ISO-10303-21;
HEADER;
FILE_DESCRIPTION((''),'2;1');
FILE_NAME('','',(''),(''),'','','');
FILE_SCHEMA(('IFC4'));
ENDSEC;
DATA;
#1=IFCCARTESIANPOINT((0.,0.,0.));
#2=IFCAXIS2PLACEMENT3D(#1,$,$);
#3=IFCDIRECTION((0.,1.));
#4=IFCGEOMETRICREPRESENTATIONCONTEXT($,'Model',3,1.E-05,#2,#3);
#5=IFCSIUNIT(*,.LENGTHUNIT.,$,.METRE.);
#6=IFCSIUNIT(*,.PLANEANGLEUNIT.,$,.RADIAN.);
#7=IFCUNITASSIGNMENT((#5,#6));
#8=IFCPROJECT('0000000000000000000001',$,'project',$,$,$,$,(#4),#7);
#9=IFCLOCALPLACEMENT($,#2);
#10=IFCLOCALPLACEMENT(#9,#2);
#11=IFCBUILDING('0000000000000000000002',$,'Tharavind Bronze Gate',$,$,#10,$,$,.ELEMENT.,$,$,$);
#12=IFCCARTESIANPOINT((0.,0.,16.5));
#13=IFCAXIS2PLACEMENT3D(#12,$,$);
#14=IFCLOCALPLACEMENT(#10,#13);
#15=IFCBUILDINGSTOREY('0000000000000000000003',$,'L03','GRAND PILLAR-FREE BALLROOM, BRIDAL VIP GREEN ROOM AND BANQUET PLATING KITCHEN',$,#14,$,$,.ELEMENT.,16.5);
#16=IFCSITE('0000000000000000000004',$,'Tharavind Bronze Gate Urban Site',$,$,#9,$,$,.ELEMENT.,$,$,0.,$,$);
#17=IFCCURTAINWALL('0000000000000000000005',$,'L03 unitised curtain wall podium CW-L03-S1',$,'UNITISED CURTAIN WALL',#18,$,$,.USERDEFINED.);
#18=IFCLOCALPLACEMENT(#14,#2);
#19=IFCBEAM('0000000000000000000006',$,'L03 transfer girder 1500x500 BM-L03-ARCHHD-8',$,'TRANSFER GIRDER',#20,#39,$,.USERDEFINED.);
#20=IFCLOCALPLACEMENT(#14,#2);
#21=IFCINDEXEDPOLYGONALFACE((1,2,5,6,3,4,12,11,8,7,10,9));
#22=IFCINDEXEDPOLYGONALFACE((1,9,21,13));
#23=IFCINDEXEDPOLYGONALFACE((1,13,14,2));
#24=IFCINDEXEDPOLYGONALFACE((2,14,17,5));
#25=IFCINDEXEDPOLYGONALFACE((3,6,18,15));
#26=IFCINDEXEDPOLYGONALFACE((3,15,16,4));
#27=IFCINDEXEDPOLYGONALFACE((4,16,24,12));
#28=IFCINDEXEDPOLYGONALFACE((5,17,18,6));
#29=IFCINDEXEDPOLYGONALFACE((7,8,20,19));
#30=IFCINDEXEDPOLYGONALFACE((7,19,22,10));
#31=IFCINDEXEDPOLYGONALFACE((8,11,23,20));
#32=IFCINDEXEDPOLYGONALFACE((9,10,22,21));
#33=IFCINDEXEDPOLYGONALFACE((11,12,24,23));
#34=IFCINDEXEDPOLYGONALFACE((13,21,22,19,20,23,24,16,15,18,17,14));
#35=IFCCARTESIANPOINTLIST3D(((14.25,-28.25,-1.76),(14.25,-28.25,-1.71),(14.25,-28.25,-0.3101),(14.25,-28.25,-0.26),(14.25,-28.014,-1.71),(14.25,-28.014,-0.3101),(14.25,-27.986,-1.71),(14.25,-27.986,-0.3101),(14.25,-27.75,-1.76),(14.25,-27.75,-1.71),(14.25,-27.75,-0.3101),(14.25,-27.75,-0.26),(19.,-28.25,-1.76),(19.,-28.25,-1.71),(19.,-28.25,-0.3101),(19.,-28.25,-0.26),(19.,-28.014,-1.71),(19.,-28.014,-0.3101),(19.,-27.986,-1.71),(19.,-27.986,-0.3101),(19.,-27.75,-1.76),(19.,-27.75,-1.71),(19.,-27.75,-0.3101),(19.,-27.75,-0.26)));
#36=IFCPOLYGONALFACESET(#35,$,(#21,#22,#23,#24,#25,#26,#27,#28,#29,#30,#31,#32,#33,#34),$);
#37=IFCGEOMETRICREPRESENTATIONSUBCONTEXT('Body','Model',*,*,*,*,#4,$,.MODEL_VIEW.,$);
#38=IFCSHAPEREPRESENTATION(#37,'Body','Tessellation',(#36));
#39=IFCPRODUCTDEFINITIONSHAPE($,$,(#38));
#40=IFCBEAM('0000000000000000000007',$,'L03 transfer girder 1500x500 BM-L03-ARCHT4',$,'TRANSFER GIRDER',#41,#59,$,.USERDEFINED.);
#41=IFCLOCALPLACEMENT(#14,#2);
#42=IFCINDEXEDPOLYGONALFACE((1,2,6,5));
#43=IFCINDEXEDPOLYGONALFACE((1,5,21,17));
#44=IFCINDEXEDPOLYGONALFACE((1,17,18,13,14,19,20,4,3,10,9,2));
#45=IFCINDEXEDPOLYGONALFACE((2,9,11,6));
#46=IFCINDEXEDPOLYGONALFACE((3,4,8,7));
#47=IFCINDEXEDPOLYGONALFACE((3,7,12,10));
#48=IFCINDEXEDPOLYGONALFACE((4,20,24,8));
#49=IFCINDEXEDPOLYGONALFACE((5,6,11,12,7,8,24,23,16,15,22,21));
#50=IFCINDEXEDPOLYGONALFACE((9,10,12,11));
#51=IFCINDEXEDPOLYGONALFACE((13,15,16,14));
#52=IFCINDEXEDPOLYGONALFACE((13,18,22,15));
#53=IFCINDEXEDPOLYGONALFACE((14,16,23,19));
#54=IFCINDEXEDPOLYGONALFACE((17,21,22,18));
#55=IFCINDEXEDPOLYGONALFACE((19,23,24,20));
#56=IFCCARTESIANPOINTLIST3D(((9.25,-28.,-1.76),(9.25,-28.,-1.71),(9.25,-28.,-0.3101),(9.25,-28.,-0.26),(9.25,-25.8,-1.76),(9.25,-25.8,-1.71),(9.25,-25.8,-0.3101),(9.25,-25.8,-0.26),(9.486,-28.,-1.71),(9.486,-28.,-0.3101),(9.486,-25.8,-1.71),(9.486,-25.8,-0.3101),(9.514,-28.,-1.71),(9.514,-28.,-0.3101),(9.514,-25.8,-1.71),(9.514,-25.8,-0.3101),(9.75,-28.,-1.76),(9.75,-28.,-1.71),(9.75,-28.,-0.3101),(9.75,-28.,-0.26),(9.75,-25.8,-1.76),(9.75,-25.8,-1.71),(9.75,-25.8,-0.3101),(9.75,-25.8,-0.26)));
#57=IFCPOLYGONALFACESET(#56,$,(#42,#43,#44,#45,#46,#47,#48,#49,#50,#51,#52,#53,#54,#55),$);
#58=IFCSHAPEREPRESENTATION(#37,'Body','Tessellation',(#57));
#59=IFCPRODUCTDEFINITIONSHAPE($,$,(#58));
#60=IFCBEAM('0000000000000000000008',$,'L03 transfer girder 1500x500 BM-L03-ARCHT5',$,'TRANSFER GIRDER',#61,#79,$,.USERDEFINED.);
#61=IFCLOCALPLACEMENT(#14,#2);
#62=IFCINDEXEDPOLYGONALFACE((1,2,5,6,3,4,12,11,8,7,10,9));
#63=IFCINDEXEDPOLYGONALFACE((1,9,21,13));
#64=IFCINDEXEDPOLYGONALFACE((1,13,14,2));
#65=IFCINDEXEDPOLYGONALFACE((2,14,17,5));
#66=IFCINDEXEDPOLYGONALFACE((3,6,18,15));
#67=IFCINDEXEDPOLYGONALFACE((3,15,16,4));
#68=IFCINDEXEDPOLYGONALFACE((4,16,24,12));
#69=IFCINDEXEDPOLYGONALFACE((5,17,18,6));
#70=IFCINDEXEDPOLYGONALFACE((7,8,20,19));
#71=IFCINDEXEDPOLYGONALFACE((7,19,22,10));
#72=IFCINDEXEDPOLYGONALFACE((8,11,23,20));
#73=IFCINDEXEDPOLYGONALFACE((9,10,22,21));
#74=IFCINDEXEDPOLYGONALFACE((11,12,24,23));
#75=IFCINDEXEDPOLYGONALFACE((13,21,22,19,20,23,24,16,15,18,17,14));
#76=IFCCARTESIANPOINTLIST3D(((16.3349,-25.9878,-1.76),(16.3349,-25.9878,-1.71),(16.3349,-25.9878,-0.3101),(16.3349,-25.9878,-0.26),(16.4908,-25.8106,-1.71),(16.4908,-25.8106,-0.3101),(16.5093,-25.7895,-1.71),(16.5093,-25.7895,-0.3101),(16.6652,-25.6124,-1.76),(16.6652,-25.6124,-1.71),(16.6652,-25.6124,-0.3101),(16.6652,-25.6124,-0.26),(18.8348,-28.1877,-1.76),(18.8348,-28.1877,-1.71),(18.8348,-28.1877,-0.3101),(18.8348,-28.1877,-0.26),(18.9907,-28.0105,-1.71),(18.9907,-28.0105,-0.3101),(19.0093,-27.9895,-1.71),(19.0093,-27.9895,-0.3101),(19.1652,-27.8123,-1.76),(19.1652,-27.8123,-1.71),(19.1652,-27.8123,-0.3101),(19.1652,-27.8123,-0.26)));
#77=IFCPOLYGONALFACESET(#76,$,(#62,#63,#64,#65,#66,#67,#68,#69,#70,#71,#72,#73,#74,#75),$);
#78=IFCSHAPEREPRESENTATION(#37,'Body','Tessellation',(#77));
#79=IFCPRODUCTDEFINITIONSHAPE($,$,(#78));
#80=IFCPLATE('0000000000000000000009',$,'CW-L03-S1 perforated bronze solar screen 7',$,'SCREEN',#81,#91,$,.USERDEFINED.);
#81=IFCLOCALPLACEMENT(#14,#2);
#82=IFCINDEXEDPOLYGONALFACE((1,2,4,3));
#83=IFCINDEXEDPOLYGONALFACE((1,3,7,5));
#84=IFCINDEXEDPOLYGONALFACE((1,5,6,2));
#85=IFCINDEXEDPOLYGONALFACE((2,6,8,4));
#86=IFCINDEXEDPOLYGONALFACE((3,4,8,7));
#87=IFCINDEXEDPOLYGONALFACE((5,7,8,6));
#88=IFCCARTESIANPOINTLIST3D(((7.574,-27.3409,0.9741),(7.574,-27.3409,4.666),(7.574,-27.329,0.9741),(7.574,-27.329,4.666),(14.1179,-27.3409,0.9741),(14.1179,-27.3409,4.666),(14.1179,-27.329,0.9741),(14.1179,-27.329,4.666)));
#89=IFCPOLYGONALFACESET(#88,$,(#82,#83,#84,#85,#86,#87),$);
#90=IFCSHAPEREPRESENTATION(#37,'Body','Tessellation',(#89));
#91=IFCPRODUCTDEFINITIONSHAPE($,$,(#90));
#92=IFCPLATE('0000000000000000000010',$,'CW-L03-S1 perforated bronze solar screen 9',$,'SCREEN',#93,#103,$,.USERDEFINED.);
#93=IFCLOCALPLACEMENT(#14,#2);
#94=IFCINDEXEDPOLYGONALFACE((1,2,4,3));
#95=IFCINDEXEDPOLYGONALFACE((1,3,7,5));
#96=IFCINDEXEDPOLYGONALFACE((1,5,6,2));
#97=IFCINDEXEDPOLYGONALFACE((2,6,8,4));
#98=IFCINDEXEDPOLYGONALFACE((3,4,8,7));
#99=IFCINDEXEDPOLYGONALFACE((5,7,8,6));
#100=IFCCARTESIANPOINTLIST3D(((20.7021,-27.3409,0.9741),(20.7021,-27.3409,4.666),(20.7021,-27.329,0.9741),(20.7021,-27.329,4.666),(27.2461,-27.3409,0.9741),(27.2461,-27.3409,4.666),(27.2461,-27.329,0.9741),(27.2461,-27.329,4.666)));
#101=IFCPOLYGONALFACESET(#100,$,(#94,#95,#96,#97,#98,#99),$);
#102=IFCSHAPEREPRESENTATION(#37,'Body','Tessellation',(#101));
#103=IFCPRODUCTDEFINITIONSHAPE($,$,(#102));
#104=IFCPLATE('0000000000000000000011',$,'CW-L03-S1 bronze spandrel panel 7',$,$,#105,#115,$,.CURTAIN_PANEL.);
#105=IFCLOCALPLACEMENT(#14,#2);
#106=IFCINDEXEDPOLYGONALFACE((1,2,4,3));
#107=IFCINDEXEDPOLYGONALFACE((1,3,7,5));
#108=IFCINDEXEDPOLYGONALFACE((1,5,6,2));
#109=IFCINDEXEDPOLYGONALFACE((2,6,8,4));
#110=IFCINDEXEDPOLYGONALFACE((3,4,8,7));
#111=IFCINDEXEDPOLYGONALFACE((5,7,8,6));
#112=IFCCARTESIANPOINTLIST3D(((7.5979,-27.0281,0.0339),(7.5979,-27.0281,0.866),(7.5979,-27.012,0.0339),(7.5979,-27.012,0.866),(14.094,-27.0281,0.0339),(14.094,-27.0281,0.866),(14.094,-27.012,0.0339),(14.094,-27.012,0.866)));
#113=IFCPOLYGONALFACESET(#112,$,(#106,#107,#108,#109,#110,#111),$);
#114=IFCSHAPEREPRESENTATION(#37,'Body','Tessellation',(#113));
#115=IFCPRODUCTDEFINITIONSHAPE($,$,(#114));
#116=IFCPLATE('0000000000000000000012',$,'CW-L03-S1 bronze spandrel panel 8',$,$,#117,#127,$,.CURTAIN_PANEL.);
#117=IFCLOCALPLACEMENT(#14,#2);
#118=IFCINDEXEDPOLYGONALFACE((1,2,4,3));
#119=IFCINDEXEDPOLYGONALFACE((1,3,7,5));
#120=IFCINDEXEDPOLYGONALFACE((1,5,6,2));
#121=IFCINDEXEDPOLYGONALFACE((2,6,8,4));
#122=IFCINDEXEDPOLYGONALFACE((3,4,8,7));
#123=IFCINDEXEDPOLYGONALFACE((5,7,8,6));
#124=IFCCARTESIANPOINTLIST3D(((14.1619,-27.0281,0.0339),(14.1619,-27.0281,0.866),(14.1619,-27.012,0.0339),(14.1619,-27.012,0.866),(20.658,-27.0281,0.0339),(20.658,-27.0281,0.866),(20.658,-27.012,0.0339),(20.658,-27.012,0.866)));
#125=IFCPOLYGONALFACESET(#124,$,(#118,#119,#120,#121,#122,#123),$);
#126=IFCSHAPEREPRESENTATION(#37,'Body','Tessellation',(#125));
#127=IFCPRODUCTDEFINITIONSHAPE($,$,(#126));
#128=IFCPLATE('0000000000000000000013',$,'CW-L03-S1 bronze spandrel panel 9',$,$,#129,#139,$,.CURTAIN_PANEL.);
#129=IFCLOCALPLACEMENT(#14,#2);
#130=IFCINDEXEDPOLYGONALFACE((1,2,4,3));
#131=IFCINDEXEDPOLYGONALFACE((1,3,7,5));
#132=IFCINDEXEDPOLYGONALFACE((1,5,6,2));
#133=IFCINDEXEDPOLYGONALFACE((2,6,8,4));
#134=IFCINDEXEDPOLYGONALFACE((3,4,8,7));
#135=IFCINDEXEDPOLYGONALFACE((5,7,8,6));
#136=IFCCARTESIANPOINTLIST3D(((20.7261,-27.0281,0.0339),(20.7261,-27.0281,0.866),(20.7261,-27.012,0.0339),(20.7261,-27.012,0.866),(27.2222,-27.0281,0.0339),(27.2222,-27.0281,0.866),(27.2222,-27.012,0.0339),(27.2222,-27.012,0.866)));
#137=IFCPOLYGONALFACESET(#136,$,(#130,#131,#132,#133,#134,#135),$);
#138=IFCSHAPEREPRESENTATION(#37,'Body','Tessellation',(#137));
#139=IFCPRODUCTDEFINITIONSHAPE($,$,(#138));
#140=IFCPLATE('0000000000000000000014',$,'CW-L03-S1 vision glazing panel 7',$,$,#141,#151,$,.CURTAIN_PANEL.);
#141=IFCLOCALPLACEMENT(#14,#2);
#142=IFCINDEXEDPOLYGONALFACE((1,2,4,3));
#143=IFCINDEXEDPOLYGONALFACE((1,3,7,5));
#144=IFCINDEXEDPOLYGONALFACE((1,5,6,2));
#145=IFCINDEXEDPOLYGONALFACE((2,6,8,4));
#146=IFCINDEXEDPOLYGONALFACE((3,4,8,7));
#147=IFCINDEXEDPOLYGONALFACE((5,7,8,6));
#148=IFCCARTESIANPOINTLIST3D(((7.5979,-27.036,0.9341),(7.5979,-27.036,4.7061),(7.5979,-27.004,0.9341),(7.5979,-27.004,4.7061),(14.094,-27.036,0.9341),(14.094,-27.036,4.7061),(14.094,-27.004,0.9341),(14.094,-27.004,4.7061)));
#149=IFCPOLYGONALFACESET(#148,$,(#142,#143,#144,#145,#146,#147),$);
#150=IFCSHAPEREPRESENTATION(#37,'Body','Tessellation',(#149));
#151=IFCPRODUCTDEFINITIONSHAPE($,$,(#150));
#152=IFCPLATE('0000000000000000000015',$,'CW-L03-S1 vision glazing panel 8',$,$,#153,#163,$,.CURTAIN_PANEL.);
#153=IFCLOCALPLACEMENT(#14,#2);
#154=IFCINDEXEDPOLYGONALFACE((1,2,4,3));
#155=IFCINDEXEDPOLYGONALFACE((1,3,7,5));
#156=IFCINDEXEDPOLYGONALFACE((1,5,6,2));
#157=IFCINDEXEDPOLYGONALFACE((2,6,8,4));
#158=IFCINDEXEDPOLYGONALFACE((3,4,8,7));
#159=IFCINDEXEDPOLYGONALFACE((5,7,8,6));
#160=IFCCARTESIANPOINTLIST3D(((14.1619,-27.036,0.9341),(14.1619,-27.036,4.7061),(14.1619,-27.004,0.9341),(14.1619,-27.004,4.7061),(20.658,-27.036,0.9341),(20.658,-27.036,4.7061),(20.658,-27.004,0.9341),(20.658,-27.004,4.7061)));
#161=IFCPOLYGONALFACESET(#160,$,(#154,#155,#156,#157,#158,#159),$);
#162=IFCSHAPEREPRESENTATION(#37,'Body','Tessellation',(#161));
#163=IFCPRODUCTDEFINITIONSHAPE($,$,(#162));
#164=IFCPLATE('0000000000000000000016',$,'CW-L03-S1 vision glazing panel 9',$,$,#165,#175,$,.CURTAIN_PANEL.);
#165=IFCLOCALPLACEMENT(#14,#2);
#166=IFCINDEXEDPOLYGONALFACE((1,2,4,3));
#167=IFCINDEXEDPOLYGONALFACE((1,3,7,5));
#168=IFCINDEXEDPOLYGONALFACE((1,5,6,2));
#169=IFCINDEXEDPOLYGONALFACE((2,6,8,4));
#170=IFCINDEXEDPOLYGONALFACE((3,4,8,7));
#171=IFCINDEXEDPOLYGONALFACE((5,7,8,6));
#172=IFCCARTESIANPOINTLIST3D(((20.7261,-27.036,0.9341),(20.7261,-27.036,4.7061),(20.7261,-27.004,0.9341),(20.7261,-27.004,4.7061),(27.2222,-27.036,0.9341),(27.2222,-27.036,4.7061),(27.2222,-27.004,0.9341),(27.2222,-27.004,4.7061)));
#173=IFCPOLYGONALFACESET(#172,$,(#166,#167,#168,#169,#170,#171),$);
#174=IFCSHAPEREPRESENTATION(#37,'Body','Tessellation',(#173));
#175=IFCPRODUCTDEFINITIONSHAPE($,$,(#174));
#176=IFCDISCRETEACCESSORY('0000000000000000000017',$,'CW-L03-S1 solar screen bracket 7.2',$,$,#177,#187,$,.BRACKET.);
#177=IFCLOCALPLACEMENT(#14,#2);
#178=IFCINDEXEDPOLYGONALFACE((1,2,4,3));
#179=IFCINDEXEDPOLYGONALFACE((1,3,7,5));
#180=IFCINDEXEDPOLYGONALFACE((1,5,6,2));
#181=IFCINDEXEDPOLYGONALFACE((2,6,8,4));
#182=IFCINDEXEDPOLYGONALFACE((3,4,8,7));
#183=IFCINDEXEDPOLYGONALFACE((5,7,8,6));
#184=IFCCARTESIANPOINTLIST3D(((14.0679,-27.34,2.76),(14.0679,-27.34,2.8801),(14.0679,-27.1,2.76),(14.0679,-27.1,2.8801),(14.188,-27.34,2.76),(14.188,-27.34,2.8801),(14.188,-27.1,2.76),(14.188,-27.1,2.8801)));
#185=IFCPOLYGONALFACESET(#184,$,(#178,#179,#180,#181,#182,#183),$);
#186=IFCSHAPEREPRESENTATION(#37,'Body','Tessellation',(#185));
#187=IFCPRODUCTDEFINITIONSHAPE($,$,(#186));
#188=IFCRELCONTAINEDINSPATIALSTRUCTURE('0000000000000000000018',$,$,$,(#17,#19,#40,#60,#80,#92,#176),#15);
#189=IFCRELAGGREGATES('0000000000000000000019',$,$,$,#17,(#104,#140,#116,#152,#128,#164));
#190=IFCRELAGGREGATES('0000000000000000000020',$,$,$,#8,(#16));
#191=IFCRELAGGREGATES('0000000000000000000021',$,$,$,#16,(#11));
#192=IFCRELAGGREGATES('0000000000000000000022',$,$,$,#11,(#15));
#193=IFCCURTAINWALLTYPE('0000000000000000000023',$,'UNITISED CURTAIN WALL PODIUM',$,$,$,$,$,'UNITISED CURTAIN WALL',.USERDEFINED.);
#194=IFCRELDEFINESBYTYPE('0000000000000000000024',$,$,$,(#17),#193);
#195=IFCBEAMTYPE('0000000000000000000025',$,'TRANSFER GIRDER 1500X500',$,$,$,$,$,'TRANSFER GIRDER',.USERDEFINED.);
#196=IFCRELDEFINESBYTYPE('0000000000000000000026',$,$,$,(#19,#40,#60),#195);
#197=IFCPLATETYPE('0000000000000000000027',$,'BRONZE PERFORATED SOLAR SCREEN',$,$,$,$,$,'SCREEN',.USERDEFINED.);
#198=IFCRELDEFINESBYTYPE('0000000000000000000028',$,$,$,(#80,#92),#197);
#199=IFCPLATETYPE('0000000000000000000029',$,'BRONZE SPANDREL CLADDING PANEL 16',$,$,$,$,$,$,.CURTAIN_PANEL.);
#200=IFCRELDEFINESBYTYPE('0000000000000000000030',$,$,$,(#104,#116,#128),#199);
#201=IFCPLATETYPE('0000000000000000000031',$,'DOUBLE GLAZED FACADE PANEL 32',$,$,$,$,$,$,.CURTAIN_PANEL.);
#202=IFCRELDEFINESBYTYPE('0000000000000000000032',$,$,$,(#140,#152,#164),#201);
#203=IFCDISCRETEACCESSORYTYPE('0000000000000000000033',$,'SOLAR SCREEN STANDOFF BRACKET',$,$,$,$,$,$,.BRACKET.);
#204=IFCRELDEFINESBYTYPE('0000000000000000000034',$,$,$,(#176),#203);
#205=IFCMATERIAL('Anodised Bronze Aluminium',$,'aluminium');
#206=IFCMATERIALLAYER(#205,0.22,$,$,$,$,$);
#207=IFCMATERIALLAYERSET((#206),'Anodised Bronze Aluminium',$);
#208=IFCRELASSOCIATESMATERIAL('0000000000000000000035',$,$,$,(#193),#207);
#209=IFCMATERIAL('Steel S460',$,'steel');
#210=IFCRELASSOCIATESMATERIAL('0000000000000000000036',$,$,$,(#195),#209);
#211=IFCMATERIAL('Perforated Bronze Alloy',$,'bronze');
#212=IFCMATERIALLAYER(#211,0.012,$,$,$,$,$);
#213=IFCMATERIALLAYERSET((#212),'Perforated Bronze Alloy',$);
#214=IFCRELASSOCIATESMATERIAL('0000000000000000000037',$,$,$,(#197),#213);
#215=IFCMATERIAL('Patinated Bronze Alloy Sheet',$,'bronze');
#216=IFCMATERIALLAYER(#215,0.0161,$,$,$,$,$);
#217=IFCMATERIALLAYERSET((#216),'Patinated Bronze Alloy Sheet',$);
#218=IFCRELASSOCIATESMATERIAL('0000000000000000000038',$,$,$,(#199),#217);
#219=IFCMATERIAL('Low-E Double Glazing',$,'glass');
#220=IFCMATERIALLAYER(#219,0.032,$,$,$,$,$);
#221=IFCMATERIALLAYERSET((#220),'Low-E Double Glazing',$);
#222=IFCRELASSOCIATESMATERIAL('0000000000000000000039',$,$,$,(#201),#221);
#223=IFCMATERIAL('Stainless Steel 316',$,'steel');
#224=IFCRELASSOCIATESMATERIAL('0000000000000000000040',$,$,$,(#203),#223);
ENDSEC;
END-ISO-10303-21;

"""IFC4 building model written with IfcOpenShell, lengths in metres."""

from ifc_helpers import new_model, si_unit, direction, frame, origin, origin_2d, place, context, subcontext, project, spatial, rectangle, i_section, extrude, material, layer, layer_set, material_profile, profile_set, type_object, element, aggregate, save


model = new_model("IFC4")

# Units and contexts
model_context = context("Model", 3, precision=1e-05, world=origin(), true_north=direction((0.0, 1.0)))
body_context = subcontext(model_context, "Body", "Model", "MODEL_VIEW")
ifc_project = project(units=[si_unit("LENGTHUNIT", "METRE"), si_unit("PLANEANGLEUNIT", "RADIAN")], contexts=[model_context])

# Site, building, storey
site_placement = place(None, origin())
site = spatial("IfcSite", under=ifc_project, at=site_placement, Name="Tharavind Bronze Gate Urban Site", CompositionType="ELEMENT", RefElevation=0.0)
building_placement = place(site_placement, origin())
building = spatial("IfcBuilding", under=site, at=building_placement, Name="Tharavind Bronze Gate", CompositionType="ELEMENT")
storey_placement = place(building_placement, frame((0.0, 0.0, 16.5)))
storey = spatial("IfcBuildingStorey", under=building, at=storey_placement, Name="L03", Description="GRAND PILLAR-FREE BALLROOM, BRIDAL VIP GREEN ROOM AND BANQUET PLATING KITCHEN", CompositionType="ELEMENT", Elevation=16.5)

# Curtain wall
ifc_material_1 = material(Name="Anodised Bronze Aluminium", Category="aluminium")
ifc_layer_1 = layer(ifc_material_1, 0.22)
ifc_layer_set_1 = layer_set([ifc_layer_1], Name="Anodised Bronze Aluminium")
curtain_wall_type = type_object("IfcCurtainWallType", Name="UNITISED CURTAIN WALL PODIUM", ElementType="UNITISED CURTAIN WALL", PredefinedType="USERDEFINED", material=ifc_layer_set_1)
curtain_wall_placement = place(storey_placement, origin())
curtain_wall = element("IfcCurtainWall", 1, at=curtain_wall_placement, inside=storey, type_object=curtain_wall_type, Name="L03 unitised curtain wall podium CW-L03-S1", ObjectType="UNITISED CURTAIN WALL", PredefinedType="USERDEFINED")

# Beams
ifc_material_2 = material(Name="Steel S460", Category="steel")
ifc_material_profile = material_profile(ifc_material_2, i_section(OverallWidth=0.5, OverallDepth=1.5, WebThickness=0.0281, FlangeThickness=0.05, at=origin_2d()), Name="PG1500X500")
ifc_profile_set = profile_set([ifc_material_profile], Name="Steel S460")
beam_type = type_object("IfcBeamType", Name="TRANSFER GIRDER 1500X500", ElementType="TRANSFER GIRDER", PredefinedType="USERDEFINED", material=ifc_profile_set)
for number, where, z_axis, x_axis, name in (
    (2, (14.25, -28.0, -1.01), (1.0, 0.0, 0.0), (0.0, 1.0, 0.0), "L03 transfer girder 1500x500 BM-L03-ARCHHD-8"),
):
    element("IfcBeam", number, at=place(storey_placement, frame(where, z_axis=z_axis, x_axis=x_axis)), inside=storey, type_object=beam_type, Name=name, ObjectType="TRANSFER GIRDER", PredefinedType="USERDEFINED", context=body_context, shape_type="SweptSolid", body=[
        extrude(i_section(OverallWidth=0.5, OverallDepth=1.5, WebThickness=0.0281, FlangeThickness=0.05, at=origin_2d()), origin(), (0.0, 0.0, 1.0), 4.75),
    ])
beam_1_placement = place(storey_placement, frame((9.5, -28.0, -1.01), z_axis=(0.0, 1.0, 0.0), x_axis=(-1.0, 0.0, 0.0)))
element("IfcBeam", 3, at=beam_1_placement, inside=storey, type_object=beam_type, Name="L03 transfer girder 1500x500 BM-L03-ARCHT4", ObjectType="TRANSFER GIRDER", PredefinedType="USERDEFINED", context=body_context, shape_type="SweptSolid", body=[
    extrude(i_section(OverallWidth=0.5, OverallDepth=1.5, WebThickness=0.0281, FlangeThickness=0.05, at=origin_2d()), origin(), (0.0, 0.0, 1.0), 2.2),
])
beam_2_placement = place(storey_placement, frame((19.0, -28.0, -1.01), z_axis=(-0.750721, 0.66062, 0.0), x_axis=(-0.66062, -0.750721, 0.0)))
element("IfcBeam", 4, at=beam_2_placement, inside=storey, type_object=beam_type, Name="L03 transfer girder 1500x500 BM-L03-ARCHT5", ObjectType="TRANSFER GIRDER", PredefinedType="USERDEFINED", context=body_context, shape_type="SweptSolid", body=[
    extrude(i_section(OverallWidth=0.5, OverallDepth=1.5, WebThickness=0.0281, FlangeThickness=0.05, at=origin_2d()), origin(), (0.0, 0.0, 1.0), 3.3301),
])

# Plates
ifc_material_3 = material(Name="Perforated Bronze Alloy", Category="bronze")
ifc_layer_2 = layer(ifc_material_3, 0.012)
ifc_layer_set_2 = layer_set([ifc_layer_2], Name="Perforated Bronze Alloy")
plate_type_1 = type_object("IfcPlateType", Name="BRONZE PERFORATED SOLAR SCREEN", ElementType="SCREEN", PredefinedType="USERDEFINED", material=ifc_layer_set_2)
for number, where, z_axis, x_axis, name in (
    (5, (10.8459, -27.335, 0.9741), (0.0, 0.0, 1.0), (1.0, 0.0, 0.0), "CW-L03-S1 perforated bronze solar screen 7"),
    (6, (23.9741, -27.335, 0.9741), (0.0, 0.0, 1.0), (1.0, 0.0, 0.0), "CW-L03-S1 perforated bronze solar screen 9"),
):
    element("IfcPlate", number, at=place(storey_placement, frame(where, z_axis=z_axis, x_axis=x_axis)), inside=storey, type_object=plate_type_1, Name=name, ObjectType="SCREEN", PredefinedType="USERDEFINED", context=body_context, shape_type="SweptSolid", body=[
        extrude(rectangle(XDim=6.5439, YDim=0.012, at=origin_2d()), origin(), (0.0, 0.0, 1.0), 3.6919),
    ])

# Plates
ifc_material_4 = material(Name="Patinated Bronze Alloy Sheet", Category="bronze")
ifc_layer_3 = layer(ifc_material_4, 0.0161)
ifc_layer_set_3 = layer_set([ifc_layer_3], Name="Patinated Bronze Alloy Sheet")
plate_type_2 = type_object("IfcPlateType", Name="BRONZE SPANDREL CLADDING PANEL 16", PredefinedType="CURTAIN_PANEL", material=ifc_layer_set_3)
plate_1_placement = place(storey_placement, frame((10.8459, -27.02, 0.0339), z_axis=(0.0, 0.0, 1.0), x_axis=(1.0, 0.0, 0.0)))
plate_1 = element("IfcPlate", 7, at=plate_1_placement, type_object=plate_type_2, Name="CW-L03-S1 bronze spandrel panel 7", PredefinedType="CURTAIN_PANEL", context=body_context, shape_type="SweptSolid", body=[
    extrude(rectangle(XDim=6.4961, YDim=0.0161, at=origin_2d()), origin(), (0.0, 0.0, 1.0), 0.832),
])
plate_2_placement = place(storey_placement, frame((17.4099, -27.02, 0.0339), z_axis=(0.0, 0.0, 1.0), x_axis=(1.0, 0.0, 0.0)))
plate_2 = element("IfcPlate", 8, at=plate_2_placement, type_object=plate_type_2, Name="CW-L03-S1 bronze spandrel panel 8", PredefinedType="CURTAIN_PANEL", context=body_context, shape_type="SweptSolid", body=[
    extrude(rectangle(XDim=6.4961, YDim=0.0161, at=origin_2d()), origin(), (0.0, 0.0, 1.0), 0.832),
])
plate_3_placement = place(storey_placement, frame((23.9741, -27.02, 0.0339), z_axis=(0.0, 0.0, 1.0), x_axis=(1.0, 0.0, 0.0)))
plate_3 = element("IfcPlate", 9, at=plate_3_placement, type_object=plate_type_2, Name="CW-L03-S1 bronze spandrel panel 9", PredefinedType="CURTAIN_PANEL", context=body_context, shape_type="SweptSolid", body=[
    extrude(rectangle(XDim=6.4961, YDim=0.0161, at=origin_2d()), origin(), (0.0, 0.0, 1.0), 0.832),
])
ifc_material_5 = material(Name="Low-E Double Glazing", Category="glass")
ifc_layer_4 = layer(ifc_material_5, 0.032)
ifc_layer_set_4 = layer_set([ifc_layer_4], Name="Low-E Double Glazing")
plate_type_3 = type_object("IfcPlateType", Name="DOUBLE GLAZED FACADE PANEL 32", PredefinedType="CURTAIN_PANEL", material=ifc_layer_set_4)
plate_4_placement = place(storey_placement, frame((10.8459, -27.02, 0.9341), z_axis=(0.0, 0.0, 1.0), x_axis=(1.0, 0.0, 0.0)))
plate_4 = element("IfcPlate", 10, at=plate_4_placement, type_object=plate_type_3, Name="CW-L03-S1 vision glazing panel 7", PredefinedType="CURTAIN_PANEL", context=body_context, shape_type="SweptSolid", body=[
    extrude(rectangle(XDim=6.4961, YDim=0.032, at=origin_2d()), origin(), (0.0, 0.0, 1.0), 3.772),
])
plate_5_placement = place(storey_placement, frame((17.4099, -27.02, 0.9341), z_axis=(0.0, 0.0, 1.0), x_axis=(1.0, 0.0, 0.0)))
plate_5 = element("IfcPlate", 11, at=plate_5_placement, type_object=plate_type_3, Name="CW-L03-S1 vision glazing panel 8", PredefinedType="CURTAIN_PANEL", context=body_context, shape_type="SweptSolid", body=[
    extrude(rectangle(XDim=6.4961, YDim=0.032, at=origin_2d()), origin(), (0.0, 0.0, 1.0), 3.772),
])
plate_6_placement = place(storey_placement, frame((23.9741, -27.02, 0.9341), z_axis=(0.0, 0.0, 1.0), x_axis=(1.0, 0.0, 0.0)))
plate_6 = element("IfcPlate", 12, at=plate_6_placement, type_object=plate_type_3, Name="CW-L03-S1 vision glazing panel 9", PredefinedType="CURTAIN_PANEL", context=body_context, shape_type="SweptSolid", body=[
    extrude(rectangle(XDim=6.4961, YDim=0.032, at=origin_2d()), origin(), (0.0, 0.0, 1.0), 3.772),
])
aggregate(curtain_wall, [plate_1, plate_4, plate_2, plate_5, plate_3, plate_6])

# Discrete accessory
ifc_material_6 = material(Name="Stainless Steel 316", Category="steel")
discrete_accessory_type = type_object("IfcDiscreteAccessoryType", Name="SOLAR SCREEN STANDOFF BRACKET", PredefinedType="BRACKET", material=ifc_material_6)
for number, where, z_axis, x_axis, name in (
    (13, (14.1279, -27.22, 2.76), (0.0, 0.0, 1.0), (1.0, 0.0, 0.0), "CW-L03-S1 solar screen bracket 7.2"),
):
    element("IfcDiscreteAccessory", number, at=place(storey_placement, frame(where, z_axis=z_axis, x_axis=x_axis)), inside=storey, type_object=discrete_accessory_type, Name=name, PredefinedType="BRACKET", context=body_context, shape_type="SweptSolid", body=[
        extrude(rectangle(XDim=0.1201, YDim=0.24, at=origin_2d()), origin(), (0.0, 0.0, 1.0), 0.1201),
    ])

save(model, "model.ifc")
